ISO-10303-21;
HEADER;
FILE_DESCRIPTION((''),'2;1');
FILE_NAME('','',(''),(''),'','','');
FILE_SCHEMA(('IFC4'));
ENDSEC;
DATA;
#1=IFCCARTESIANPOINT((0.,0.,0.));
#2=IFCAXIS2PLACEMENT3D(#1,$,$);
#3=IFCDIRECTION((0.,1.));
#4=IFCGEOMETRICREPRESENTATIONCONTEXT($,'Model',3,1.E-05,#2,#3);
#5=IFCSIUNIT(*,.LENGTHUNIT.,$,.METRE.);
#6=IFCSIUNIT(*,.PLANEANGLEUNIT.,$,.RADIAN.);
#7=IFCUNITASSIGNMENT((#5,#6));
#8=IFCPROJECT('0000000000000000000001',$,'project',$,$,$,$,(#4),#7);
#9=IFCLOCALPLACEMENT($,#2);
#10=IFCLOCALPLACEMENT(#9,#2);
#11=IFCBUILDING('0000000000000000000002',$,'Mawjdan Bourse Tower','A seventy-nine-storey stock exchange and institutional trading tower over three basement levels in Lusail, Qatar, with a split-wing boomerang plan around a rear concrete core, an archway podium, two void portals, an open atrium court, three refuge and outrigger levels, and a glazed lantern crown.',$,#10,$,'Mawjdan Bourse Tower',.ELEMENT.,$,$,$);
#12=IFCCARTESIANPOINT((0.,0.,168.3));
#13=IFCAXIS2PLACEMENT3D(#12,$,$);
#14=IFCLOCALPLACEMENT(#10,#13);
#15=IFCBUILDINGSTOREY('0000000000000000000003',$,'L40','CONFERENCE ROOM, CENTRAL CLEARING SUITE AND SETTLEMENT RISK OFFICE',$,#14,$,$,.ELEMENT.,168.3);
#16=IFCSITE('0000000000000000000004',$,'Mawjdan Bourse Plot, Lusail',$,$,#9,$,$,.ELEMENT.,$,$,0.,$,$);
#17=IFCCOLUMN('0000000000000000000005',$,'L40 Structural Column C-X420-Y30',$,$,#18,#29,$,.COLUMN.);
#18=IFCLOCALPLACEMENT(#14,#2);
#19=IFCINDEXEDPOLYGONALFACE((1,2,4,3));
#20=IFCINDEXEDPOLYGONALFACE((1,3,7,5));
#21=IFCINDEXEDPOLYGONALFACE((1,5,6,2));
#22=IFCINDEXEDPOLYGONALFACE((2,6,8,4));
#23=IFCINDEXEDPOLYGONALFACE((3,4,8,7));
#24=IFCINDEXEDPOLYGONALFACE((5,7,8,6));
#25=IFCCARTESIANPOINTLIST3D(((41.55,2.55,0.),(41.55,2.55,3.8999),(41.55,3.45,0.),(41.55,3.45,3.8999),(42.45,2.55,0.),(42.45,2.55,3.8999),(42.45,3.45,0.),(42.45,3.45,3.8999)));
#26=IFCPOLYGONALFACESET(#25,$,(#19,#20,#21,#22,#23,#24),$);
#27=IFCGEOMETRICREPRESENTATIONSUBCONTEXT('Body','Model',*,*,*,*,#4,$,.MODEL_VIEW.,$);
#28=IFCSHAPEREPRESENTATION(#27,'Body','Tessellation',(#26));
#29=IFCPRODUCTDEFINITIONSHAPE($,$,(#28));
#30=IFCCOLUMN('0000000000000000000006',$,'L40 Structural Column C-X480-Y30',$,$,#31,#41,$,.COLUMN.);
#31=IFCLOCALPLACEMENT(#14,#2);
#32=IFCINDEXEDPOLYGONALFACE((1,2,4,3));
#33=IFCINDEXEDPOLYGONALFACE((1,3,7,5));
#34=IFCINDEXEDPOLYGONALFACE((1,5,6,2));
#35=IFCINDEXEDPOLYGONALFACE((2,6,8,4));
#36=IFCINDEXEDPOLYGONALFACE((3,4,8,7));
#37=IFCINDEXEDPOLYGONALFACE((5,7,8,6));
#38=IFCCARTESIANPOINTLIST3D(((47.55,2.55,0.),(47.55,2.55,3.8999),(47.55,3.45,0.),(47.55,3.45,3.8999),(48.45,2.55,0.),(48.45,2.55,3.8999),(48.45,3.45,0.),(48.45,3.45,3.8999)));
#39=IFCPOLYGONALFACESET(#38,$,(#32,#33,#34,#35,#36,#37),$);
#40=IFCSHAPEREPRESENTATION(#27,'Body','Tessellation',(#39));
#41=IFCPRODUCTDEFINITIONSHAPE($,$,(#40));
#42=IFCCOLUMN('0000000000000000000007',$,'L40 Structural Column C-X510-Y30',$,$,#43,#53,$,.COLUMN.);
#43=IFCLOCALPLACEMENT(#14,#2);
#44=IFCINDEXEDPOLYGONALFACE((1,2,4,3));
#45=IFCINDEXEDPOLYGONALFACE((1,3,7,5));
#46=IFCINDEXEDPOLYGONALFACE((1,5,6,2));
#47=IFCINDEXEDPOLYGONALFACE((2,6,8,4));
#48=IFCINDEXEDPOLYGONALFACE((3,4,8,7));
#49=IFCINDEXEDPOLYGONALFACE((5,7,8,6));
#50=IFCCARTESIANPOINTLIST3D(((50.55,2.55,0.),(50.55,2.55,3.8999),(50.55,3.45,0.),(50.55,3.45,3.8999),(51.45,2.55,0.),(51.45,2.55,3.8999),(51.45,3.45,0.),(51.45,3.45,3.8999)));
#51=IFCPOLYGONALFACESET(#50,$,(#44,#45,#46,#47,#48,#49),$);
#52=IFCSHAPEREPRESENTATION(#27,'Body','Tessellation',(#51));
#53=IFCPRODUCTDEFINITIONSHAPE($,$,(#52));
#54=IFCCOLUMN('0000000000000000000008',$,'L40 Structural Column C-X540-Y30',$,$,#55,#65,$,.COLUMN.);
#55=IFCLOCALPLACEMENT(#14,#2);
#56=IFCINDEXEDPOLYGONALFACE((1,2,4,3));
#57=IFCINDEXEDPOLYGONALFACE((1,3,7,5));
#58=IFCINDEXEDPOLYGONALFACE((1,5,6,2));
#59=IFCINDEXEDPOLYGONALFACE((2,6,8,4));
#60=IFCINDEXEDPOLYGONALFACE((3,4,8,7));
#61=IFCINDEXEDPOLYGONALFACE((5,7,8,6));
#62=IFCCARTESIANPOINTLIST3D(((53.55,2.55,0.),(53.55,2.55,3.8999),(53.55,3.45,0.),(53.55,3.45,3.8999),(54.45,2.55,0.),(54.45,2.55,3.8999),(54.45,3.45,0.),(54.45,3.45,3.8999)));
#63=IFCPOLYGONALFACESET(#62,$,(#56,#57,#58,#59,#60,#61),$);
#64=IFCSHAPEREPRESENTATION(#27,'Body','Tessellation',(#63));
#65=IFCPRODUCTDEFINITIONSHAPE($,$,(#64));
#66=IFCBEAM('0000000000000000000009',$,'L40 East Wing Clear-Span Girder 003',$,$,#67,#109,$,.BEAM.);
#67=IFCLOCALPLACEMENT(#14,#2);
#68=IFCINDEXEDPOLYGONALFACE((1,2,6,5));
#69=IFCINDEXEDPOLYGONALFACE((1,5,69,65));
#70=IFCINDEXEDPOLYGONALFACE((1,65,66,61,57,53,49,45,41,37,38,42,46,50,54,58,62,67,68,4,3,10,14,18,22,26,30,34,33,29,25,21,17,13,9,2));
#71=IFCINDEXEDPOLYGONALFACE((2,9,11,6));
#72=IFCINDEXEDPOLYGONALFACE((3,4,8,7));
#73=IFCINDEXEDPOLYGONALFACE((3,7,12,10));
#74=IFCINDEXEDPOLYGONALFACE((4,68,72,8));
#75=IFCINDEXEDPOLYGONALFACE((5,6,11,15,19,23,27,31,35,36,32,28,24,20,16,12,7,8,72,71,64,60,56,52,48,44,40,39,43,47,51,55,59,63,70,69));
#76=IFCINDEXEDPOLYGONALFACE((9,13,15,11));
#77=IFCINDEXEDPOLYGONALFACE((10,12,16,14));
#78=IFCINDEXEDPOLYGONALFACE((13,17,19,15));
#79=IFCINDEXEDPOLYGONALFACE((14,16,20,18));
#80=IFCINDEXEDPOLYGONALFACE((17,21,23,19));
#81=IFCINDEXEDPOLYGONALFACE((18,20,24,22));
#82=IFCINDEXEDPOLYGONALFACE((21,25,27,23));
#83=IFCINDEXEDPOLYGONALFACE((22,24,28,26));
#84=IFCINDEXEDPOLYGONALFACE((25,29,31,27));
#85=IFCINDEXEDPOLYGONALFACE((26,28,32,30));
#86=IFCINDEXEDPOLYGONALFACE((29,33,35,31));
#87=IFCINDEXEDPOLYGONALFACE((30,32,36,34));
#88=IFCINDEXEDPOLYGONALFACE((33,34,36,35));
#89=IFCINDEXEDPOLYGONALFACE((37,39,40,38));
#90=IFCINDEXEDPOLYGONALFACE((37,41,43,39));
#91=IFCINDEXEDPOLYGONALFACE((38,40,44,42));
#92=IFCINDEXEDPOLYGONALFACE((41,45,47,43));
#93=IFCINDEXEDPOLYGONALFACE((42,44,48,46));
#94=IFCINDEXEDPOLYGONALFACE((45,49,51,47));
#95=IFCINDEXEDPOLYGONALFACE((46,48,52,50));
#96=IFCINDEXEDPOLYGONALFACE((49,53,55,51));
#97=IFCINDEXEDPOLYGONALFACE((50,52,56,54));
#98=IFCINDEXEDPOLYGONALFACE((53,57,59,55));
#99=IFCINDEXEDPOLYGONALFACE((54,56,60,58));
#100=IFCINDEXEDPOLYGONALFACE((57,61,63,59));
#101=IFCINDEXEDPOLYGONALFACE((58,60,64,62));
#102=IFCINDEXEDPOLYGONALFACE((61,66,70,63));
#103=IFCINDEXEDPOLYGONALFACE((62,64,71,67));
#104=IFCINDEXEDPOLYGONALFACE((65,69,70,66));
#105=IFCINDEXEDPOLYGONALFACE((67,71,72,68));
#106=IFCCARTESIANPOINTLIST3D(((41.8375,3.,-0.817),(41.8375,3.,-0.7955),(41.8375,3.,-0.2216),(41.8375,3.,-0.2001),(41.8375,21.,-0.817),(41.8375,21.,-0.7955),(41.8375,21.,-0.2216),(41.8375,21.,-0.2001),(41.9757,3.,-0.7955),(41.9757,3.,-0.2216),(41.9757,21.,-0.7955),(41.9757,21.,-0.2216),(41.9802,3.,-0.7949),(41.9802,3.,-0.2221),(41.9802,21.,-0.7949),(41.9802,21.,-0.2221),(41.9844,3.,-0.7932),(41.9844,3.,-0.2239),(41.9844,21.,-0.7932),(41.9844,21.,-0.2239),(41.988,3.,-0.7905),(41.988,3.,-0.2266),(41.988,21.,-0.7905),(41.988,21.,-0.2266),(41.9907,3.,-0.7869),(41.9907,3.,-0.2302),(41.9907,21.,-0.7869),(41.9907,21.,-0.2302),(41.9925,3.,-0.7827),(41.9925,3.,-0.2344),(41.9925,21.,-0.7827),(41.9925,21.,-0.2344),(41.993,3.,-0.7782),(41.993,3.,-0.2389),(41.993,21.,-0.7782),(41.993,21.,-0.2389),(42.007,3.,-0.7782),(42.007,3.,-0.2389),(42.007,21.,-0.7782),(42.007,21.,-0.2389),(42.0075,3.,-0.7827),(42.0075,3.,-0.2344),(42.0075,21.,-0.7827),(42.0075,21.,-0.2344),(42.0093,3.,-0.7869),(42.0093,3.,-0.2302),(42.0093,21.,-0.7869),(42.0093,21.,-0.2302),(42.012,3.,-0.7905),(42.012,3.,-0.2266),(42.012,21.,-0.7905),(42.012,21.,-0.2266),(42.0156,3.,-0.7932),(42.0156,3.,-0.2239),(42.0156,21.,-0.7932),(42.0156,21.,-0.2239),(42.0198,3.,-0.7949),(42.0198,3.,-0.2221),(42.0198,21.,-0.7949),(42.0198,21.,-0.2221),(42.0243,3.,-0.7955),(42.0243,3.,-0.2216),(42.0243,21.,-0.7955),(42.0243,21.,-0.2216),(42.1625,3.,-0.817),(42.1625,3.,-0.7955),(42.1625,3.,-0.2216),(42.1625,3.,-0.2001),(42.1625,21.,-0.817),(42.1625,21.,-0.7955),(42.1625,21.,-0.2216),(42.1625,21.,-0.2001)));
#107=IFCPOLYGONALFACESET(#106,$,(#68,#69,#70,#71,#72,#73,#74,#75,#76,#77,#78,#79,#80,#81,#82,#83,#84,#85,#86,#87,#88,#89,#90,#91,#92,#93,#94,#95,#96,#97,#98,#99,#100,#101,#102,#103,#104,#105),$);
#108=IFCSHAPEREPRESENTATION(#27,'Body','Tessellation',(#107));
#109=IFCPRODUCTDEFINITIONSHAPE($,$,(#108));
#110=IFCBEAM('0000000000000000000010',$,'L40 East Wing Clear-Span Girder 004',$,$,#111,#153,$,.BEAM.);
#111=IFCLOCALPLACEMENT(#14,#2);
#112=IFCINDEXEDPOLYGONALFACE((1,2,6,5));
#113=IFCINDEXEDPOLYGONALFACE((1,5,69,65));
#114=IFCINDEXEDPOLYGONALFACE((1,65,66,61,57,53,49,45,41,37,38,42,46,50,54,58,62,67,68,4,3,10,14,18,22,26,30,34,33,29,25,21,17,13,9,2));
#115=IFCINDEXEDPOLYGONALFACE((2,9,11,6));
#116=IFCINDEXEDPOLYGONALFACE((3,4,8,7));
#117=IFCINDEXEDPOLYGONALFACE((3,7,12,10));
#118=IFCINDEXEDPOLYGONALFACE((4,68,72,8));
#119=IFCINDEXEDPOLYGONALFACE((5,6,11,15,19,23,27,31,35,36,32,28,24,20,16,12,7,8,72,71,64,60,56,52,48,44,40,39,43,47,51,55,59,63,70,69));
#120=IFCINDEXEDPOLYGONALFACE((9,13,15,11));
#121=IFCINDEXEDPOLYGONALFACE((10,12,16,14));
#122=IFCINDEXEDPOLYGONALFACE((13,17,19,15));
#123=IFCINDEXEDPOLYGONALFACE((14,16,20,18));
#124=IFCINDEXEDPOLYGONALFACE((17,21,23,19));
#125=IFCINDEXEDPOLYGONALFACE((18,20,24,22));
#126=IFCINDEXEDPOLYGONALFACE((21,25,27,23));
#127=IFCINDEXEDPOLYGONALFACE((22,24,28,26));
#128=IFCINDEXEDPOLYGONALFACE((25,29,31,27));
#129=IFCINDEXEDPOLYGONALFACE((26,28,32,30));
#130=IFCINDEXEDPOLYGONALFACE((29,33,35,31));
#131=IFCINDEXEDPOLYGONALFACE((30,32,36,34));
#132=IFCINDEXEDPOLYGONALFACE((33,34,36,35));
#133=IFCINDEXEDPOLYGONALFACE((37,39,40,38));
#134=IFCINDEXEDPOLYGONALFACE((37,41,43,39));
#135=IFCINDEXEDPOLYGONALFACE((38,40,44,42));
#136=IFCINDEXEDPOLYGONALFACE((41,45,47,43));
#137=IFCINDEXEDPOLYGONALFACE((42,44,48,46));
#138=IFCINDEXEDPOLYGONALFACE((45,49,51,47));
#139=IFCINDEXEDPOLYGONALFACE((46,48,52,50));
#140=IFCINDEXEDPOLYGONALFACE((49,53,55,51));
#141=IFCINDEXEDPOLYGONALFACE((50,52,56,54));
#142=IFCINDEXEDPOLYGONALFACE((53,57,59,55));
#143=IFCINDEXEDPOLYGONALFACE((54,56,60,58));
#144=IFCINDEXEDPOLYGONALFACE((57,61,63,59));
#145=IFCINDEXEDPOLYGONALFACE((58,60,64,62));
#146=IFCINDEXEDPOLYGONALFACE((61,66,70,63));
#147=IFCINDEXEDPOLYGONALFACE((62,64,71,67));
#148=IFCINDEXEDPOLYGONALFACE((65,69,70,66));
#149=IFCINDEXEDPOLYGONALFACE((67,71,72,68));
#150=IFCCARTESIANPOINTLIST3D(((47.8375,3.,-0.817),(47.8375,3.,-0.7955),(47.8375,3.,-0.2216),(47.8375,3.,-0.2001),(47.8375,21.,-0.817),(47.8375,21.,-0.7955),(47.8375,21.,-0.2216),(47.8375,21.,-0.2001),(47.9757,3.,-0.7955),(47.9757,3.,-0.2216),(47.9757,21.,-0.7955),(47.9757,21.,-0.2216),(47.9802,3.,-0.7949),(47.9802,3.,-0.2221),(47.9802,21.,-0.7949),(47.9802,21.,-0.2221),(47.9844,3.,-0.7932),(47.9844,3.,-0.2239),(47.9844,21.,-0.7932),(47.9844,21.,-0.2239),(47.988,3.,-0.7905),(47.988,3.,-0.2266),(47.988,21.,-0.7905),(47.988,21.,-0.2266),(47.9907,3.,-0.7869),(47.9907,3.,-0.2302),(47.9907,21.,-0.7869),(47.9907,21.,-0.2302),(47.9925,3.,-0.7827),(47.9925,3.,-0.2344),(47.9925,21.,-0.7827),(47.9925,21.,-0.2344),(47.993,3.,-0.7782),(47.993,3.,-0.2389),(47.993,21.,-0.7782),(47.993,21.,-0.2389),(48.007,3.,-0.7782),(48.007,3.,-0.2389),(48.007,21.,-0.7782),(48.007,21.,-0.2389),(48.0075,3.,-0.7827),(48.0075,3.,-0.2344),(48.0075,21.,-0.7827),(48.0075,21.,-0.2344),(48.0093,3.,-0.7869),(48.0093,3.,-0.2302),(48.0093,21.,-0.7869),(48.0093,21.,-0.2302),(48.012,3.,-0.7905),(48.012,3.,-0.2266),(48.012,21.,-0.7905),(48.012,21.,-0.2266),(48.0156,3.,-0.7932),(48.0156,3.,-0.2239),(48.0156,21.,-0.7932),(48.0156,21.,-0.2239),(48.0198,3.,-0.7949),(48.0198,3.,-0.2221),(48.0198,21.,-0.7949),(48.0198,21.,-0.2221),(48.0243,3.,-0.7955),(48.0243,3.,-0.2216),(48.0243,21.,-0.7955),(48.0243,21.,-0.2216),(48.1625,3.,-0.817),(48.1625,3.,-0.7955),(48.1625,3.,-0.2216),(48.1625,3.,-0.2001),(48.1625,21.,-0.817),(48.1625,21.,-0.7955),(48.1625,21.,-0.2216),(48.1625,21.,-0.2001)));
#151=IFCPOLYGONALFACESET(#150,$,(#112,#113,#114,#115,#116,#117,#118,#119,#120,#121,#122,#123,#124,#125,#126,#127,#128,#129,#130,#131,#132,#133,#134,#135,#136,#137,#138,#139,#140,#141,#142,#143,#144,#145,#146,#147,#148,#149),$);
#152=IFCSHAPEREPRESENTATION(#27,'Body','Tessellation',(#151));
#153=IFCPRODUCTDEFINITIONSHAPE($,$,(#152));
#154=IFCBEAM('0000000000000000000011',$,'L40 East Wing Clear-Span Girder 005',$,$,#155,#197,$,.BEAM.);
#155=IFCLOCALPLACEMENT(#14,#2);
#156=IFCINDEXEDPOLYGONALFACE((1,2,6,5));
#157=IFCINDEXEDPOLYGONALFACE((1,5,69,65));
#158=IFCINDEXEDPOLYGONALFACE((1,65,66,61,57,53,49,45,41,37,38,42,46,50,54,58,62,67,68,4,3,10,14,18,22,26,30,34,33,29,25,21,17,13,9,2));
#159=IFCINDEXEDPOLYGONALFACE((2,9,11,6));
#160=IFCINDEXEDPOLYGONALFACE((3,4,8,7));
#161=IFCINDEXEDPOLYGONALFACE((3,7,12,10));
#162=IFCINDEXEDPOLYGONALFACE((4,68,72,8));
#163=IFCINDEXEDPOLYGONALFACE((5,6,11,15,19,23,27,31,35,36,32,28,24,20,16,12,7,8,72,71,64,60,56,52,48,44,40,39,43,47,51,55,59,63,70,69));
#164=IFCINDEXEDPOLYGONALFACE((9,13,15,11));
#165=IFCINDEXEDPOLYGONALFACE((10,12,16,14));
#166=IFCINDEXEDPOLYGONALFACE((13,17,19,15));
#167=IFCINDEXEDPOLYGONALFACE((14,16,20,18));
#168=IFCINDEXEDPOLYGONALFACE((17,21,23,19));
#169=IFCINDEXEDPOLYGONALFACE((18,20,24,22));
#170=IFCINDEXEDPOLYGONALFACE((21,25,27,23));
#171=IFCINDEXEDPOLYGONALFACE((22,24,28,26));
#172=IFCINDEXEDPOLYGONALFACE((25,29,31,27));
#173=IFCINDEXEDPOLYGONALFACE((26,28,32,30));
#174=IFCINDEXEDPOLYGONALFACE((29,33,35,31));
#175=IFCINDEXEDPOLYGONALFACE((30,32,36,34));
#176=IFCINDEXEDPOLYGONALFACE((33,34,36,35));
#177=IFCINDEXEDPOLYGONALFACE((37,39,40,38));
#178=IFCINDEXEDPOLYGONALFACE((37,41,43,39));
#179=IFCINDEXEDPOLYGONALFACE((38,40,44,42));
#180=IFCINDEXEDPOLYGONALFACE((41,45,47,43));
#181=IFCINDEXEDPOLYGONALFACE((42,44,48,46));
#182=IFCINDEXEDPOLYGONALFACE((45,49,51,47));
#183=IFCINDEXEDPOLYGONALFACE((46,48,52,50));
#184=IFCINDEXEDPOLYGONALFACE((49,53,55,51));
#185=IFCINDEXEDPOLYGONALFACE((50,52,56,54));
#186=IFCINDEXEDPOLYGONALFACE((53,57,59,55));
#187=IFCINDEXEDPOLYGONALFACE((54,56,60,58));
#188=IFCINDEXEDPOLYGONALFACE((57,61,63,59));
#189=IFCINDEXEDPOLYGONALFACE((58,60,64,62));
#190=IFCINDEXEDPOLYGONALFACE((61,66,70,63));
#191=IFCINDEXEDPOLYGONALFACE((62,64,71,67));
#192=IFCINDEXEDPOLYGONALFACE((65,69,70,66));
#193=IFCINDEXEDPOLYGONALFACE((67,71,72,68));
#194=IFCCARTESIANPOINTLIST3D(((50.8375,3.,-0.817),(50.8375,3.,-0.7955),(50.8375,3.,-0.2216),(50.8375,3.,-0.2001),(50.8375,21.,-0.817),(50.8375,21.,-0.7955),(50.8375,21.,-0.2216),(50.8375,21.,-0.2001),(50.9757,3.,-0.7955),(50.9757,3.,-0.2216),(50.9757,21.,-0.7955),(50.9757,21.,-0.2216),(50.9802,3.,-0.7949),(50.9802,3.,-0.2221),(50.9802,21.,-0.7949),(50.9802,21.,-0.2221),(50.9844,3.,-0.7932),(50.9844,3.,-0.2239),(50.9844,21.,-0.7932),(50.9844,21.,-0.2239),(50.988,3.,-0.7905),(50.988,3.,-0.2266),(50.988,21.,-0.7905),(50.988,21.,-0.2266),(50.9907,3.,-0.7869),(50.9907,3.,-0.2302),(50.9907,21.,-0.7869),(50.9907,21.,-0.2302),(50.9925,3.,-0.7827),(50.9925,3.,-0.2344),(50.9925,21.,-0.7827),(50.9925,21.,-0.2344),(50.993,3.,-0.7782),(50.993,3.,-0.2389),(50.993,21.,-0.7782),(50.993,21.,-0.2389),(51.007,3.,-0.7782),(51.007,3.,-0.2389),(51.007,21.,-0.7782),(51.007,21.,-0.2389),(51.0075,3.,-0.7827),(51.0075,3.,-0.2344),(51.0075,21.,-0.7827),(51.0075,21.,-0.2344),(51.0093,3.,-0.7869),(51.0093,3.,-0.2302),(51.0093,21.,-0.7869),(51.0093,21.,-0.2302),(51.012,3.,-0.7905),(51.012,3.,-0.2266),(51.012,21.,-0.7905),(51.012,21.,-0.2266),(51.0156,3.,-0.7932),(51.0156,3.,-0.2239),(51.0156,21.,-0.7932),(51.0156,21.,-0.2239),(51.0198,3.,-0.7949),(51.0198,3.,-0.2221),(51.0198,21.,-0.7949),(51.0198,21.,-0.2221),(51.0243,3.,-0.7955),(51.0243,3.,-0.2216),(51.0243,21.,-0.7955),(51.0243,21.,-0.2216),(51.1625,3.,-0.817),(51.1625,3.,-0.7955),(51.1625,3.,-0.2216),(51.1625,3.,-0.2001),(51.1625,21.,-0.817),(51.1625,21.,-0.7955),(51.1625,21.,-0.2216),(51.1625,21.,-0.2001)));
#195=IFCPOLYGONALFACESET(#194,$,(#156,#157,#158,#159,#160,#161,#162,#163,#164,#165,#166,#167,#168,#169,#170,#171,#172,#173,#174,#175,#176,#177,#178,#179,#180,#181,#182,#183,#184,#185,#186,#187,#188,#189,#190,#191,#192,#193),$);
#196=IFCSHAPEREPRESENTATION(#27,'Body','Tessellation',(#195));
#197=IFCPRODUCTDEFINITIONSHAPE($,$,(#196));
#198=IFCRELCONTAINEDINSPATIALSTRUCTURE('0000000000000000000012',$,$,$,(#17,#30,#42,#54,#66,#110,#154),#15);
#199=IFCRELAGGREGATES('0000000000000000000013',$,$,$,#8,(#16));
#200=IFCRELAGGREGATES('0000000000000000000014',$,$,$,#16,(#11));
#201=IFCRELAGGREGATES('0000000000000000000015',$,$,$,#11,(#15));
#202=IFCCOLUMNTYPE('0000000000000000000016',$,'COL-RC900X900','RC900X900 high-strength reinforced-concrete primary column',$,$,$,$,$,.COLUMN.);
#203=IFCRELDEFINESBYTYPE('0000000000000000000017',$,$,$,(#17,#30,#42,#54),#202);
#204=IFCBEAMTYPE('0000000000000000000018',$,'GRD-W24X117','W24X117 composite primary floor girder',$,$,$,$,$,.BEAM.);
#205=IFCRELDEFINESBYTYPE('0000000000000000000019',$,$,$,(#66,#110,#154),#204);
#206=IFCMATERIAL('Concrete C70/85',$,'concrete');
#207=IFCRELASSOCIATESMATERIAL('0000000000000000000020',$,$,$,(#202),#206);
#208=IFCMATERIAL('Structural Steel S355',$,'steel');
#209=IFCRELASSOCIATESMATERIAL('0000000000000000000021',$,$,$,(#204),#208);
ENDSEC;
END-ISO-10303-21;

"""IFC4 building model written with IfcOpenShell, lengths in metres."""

from ifc_helpers import new_model, si_unit, direction, frame, origin, origin_2d, place, context, subcontext, project, spatial, rectangle, i_section, extrude, material, material_profile, profile_set, type_object, element, save


model = new_model("IFC4")

# Units and contexts
model_context = context("Model", 3, precision=1e-05, world=origin(), true_north=direction((0.0, 1.0)))
body_context = subcontext(model_context, "Body", "Model", "MODEL_VIEW")
ifc_project = project(units=[si_unit("LENGTHUNIT", "METRE"), si_unit("PLANEANGLEUNIT", "RADIAN")], contexts=[model_context])

# Site, building, storey
site_placement = place(None, origin())
site = spatial("IfcSite", under=ifc_project, at=site_placement, Name="Mawjdan Bourse Plot, Lusail", CompositionType="ELEMENT", RefElevation=0.0)
building_placement = place(site_placement, origin())
building = spatial("IfcBuilding", under=site, at=building_placement, Name="Mawjdan Bourse Tower", Description="A seventy-nine-storey stock exchange and institutional trading tower over three basement levels in Lusail, Qatar, with a split-wing boomerang plan around a rear concrete core, an archway podium, two void portals, an open atrium court, three refuge and outrigger levels, and a glazed lantern crown.", LongName="Mawjdan Bourse Tower", CompositionType="ELEMENT")
storey_placement = place(building_placement, frame((0.0, 0.0, 168.3)))
storey = spatial("IfcBuildingStorey", under=building, at=storey_placement, Name="L40", Description="CONFERENCE ROOM, CENTRAL CLEARING SUITE AND SETTLEMENT RISK OFFICE", CompositionType="ELEMENT", Elevation=168.3)

# Columns
ifc_material_1 = material(Name="Concrete C70/85", Category="concrete")
ifc_material_profile_1 = material_profile(ifc_material_1, rectangle(XDim=0.8999, YDim=0.8999, at=origin_2d()), Name="RC900X900")
ifc_profile_set_1 = profile_set([ifc_material_profile_1], Name="Concrete C70/85")
column_type = type_object("IfcColumnType", Name="COL-RC900X900", Description="RC900X900 high-strength reinforced-concrete primary column", PredefinedType="COLUMN", material=ifc_profile_set_1)
for number, where, z_axis, x_axis, name in (
    (1, (42.0, 3.0, 0.0), (0.0, 0.0, 1.0), (1.0, 0.0, 0.0), "L40 Structural Column C-X420-Y30"),
    (2, (48.0, 3.0, 0.0), (0.0, 0.0, 1.0), (1.0, 0.0, 0.0), "L40 Structural Column C-X480-Y30"),
    (3, (51.0, 3.0, 0.0), (0.0, 0.0, 1.0), (1.0, 0.0, 0.0), "L40 Structural Column C-X510-Y30"),
    (4, (54.0, 3.0, 0.0), (0.0, 0.0, 1.0), (1.0, 0.0, 0.0), "L40 Structural Column C-X540-Y30"),
):
    element("IfcColumn", number, at=place(storey_placement, frame(where, z_axis=z_axis, x_axis=x_axis)), inside=storey, type_object=column_type, Name=name, PredefinedType="COLUMN", context=body_context, shape_type="SweptSolid", body=[
        extrude(rectangle(XDim=0.8999, YDim=0.8999, at=origin_2d()), origin(), (0.0, 0.0, 1.0), 3.8999),
    ])

# Beams
ifc_material_2 = material(Name="Structural Steel S355", Category="steel")
ifc_material_profile_2 = material_profile(ifc_material_2, i_section(OverallWidth=0.325, OverallDepth=0.6169, WebThickness=0.0139, FlangeThickness=0.0215, FilletRadius=0.0173, at=origin_2d()), Name="W24X117")
ifc_profile_set_2 = profile_set([ifc_material_profile_2], Name="Structural Steel S355")
beam_type_1 = type_object("IfcBeamType", Name="GRD-W24X117", Description="W24X117 composite primary floor girder", PredefinedType="BEAM", material=ifc_profile_set_2)
for number, where, z_axis, x_axis, name in (
    (5, (42.0, 3.0, -0.5085), (0.0, 1.0, 0.0), (-1.0, 0.0, 0.0), "L40 East Wing Clear-Span Girder 003"),
    (6, (48.0, 3.0, -0.5085), (0.0, 1.0, 0.0), (-1.0, 0.0, 0.0), "L40 East Wing Clear-Span Girder 004"),
    (7, (51.0, 3.0, -0.5085), (0.0, 1.0, 0.0), (-1.0, 0.0, 0.0), "L40 East Wing Clear-Span Girder 005"),
):
    element("IfcBeam", number, at=place(storey_placement, frame(where, z_axis=z_axis, x_axis=x_axis)), inside=storey, type_object=beam_type_1, Name=name, PredefinedType="BEAM", context=body_context, shape_type="SweptSolid", body=[
        extrude(i_section(OverallWidth=0.325, OverallDepth=0.6169, WebThickness=0.0139, FlangeThickness=0.0215, FilletRadius=0.0173, at=origin_2d()), origin(), (0.0, 0.0, 1.0), 18.0),
    ])

save(model, "model.ifc")
